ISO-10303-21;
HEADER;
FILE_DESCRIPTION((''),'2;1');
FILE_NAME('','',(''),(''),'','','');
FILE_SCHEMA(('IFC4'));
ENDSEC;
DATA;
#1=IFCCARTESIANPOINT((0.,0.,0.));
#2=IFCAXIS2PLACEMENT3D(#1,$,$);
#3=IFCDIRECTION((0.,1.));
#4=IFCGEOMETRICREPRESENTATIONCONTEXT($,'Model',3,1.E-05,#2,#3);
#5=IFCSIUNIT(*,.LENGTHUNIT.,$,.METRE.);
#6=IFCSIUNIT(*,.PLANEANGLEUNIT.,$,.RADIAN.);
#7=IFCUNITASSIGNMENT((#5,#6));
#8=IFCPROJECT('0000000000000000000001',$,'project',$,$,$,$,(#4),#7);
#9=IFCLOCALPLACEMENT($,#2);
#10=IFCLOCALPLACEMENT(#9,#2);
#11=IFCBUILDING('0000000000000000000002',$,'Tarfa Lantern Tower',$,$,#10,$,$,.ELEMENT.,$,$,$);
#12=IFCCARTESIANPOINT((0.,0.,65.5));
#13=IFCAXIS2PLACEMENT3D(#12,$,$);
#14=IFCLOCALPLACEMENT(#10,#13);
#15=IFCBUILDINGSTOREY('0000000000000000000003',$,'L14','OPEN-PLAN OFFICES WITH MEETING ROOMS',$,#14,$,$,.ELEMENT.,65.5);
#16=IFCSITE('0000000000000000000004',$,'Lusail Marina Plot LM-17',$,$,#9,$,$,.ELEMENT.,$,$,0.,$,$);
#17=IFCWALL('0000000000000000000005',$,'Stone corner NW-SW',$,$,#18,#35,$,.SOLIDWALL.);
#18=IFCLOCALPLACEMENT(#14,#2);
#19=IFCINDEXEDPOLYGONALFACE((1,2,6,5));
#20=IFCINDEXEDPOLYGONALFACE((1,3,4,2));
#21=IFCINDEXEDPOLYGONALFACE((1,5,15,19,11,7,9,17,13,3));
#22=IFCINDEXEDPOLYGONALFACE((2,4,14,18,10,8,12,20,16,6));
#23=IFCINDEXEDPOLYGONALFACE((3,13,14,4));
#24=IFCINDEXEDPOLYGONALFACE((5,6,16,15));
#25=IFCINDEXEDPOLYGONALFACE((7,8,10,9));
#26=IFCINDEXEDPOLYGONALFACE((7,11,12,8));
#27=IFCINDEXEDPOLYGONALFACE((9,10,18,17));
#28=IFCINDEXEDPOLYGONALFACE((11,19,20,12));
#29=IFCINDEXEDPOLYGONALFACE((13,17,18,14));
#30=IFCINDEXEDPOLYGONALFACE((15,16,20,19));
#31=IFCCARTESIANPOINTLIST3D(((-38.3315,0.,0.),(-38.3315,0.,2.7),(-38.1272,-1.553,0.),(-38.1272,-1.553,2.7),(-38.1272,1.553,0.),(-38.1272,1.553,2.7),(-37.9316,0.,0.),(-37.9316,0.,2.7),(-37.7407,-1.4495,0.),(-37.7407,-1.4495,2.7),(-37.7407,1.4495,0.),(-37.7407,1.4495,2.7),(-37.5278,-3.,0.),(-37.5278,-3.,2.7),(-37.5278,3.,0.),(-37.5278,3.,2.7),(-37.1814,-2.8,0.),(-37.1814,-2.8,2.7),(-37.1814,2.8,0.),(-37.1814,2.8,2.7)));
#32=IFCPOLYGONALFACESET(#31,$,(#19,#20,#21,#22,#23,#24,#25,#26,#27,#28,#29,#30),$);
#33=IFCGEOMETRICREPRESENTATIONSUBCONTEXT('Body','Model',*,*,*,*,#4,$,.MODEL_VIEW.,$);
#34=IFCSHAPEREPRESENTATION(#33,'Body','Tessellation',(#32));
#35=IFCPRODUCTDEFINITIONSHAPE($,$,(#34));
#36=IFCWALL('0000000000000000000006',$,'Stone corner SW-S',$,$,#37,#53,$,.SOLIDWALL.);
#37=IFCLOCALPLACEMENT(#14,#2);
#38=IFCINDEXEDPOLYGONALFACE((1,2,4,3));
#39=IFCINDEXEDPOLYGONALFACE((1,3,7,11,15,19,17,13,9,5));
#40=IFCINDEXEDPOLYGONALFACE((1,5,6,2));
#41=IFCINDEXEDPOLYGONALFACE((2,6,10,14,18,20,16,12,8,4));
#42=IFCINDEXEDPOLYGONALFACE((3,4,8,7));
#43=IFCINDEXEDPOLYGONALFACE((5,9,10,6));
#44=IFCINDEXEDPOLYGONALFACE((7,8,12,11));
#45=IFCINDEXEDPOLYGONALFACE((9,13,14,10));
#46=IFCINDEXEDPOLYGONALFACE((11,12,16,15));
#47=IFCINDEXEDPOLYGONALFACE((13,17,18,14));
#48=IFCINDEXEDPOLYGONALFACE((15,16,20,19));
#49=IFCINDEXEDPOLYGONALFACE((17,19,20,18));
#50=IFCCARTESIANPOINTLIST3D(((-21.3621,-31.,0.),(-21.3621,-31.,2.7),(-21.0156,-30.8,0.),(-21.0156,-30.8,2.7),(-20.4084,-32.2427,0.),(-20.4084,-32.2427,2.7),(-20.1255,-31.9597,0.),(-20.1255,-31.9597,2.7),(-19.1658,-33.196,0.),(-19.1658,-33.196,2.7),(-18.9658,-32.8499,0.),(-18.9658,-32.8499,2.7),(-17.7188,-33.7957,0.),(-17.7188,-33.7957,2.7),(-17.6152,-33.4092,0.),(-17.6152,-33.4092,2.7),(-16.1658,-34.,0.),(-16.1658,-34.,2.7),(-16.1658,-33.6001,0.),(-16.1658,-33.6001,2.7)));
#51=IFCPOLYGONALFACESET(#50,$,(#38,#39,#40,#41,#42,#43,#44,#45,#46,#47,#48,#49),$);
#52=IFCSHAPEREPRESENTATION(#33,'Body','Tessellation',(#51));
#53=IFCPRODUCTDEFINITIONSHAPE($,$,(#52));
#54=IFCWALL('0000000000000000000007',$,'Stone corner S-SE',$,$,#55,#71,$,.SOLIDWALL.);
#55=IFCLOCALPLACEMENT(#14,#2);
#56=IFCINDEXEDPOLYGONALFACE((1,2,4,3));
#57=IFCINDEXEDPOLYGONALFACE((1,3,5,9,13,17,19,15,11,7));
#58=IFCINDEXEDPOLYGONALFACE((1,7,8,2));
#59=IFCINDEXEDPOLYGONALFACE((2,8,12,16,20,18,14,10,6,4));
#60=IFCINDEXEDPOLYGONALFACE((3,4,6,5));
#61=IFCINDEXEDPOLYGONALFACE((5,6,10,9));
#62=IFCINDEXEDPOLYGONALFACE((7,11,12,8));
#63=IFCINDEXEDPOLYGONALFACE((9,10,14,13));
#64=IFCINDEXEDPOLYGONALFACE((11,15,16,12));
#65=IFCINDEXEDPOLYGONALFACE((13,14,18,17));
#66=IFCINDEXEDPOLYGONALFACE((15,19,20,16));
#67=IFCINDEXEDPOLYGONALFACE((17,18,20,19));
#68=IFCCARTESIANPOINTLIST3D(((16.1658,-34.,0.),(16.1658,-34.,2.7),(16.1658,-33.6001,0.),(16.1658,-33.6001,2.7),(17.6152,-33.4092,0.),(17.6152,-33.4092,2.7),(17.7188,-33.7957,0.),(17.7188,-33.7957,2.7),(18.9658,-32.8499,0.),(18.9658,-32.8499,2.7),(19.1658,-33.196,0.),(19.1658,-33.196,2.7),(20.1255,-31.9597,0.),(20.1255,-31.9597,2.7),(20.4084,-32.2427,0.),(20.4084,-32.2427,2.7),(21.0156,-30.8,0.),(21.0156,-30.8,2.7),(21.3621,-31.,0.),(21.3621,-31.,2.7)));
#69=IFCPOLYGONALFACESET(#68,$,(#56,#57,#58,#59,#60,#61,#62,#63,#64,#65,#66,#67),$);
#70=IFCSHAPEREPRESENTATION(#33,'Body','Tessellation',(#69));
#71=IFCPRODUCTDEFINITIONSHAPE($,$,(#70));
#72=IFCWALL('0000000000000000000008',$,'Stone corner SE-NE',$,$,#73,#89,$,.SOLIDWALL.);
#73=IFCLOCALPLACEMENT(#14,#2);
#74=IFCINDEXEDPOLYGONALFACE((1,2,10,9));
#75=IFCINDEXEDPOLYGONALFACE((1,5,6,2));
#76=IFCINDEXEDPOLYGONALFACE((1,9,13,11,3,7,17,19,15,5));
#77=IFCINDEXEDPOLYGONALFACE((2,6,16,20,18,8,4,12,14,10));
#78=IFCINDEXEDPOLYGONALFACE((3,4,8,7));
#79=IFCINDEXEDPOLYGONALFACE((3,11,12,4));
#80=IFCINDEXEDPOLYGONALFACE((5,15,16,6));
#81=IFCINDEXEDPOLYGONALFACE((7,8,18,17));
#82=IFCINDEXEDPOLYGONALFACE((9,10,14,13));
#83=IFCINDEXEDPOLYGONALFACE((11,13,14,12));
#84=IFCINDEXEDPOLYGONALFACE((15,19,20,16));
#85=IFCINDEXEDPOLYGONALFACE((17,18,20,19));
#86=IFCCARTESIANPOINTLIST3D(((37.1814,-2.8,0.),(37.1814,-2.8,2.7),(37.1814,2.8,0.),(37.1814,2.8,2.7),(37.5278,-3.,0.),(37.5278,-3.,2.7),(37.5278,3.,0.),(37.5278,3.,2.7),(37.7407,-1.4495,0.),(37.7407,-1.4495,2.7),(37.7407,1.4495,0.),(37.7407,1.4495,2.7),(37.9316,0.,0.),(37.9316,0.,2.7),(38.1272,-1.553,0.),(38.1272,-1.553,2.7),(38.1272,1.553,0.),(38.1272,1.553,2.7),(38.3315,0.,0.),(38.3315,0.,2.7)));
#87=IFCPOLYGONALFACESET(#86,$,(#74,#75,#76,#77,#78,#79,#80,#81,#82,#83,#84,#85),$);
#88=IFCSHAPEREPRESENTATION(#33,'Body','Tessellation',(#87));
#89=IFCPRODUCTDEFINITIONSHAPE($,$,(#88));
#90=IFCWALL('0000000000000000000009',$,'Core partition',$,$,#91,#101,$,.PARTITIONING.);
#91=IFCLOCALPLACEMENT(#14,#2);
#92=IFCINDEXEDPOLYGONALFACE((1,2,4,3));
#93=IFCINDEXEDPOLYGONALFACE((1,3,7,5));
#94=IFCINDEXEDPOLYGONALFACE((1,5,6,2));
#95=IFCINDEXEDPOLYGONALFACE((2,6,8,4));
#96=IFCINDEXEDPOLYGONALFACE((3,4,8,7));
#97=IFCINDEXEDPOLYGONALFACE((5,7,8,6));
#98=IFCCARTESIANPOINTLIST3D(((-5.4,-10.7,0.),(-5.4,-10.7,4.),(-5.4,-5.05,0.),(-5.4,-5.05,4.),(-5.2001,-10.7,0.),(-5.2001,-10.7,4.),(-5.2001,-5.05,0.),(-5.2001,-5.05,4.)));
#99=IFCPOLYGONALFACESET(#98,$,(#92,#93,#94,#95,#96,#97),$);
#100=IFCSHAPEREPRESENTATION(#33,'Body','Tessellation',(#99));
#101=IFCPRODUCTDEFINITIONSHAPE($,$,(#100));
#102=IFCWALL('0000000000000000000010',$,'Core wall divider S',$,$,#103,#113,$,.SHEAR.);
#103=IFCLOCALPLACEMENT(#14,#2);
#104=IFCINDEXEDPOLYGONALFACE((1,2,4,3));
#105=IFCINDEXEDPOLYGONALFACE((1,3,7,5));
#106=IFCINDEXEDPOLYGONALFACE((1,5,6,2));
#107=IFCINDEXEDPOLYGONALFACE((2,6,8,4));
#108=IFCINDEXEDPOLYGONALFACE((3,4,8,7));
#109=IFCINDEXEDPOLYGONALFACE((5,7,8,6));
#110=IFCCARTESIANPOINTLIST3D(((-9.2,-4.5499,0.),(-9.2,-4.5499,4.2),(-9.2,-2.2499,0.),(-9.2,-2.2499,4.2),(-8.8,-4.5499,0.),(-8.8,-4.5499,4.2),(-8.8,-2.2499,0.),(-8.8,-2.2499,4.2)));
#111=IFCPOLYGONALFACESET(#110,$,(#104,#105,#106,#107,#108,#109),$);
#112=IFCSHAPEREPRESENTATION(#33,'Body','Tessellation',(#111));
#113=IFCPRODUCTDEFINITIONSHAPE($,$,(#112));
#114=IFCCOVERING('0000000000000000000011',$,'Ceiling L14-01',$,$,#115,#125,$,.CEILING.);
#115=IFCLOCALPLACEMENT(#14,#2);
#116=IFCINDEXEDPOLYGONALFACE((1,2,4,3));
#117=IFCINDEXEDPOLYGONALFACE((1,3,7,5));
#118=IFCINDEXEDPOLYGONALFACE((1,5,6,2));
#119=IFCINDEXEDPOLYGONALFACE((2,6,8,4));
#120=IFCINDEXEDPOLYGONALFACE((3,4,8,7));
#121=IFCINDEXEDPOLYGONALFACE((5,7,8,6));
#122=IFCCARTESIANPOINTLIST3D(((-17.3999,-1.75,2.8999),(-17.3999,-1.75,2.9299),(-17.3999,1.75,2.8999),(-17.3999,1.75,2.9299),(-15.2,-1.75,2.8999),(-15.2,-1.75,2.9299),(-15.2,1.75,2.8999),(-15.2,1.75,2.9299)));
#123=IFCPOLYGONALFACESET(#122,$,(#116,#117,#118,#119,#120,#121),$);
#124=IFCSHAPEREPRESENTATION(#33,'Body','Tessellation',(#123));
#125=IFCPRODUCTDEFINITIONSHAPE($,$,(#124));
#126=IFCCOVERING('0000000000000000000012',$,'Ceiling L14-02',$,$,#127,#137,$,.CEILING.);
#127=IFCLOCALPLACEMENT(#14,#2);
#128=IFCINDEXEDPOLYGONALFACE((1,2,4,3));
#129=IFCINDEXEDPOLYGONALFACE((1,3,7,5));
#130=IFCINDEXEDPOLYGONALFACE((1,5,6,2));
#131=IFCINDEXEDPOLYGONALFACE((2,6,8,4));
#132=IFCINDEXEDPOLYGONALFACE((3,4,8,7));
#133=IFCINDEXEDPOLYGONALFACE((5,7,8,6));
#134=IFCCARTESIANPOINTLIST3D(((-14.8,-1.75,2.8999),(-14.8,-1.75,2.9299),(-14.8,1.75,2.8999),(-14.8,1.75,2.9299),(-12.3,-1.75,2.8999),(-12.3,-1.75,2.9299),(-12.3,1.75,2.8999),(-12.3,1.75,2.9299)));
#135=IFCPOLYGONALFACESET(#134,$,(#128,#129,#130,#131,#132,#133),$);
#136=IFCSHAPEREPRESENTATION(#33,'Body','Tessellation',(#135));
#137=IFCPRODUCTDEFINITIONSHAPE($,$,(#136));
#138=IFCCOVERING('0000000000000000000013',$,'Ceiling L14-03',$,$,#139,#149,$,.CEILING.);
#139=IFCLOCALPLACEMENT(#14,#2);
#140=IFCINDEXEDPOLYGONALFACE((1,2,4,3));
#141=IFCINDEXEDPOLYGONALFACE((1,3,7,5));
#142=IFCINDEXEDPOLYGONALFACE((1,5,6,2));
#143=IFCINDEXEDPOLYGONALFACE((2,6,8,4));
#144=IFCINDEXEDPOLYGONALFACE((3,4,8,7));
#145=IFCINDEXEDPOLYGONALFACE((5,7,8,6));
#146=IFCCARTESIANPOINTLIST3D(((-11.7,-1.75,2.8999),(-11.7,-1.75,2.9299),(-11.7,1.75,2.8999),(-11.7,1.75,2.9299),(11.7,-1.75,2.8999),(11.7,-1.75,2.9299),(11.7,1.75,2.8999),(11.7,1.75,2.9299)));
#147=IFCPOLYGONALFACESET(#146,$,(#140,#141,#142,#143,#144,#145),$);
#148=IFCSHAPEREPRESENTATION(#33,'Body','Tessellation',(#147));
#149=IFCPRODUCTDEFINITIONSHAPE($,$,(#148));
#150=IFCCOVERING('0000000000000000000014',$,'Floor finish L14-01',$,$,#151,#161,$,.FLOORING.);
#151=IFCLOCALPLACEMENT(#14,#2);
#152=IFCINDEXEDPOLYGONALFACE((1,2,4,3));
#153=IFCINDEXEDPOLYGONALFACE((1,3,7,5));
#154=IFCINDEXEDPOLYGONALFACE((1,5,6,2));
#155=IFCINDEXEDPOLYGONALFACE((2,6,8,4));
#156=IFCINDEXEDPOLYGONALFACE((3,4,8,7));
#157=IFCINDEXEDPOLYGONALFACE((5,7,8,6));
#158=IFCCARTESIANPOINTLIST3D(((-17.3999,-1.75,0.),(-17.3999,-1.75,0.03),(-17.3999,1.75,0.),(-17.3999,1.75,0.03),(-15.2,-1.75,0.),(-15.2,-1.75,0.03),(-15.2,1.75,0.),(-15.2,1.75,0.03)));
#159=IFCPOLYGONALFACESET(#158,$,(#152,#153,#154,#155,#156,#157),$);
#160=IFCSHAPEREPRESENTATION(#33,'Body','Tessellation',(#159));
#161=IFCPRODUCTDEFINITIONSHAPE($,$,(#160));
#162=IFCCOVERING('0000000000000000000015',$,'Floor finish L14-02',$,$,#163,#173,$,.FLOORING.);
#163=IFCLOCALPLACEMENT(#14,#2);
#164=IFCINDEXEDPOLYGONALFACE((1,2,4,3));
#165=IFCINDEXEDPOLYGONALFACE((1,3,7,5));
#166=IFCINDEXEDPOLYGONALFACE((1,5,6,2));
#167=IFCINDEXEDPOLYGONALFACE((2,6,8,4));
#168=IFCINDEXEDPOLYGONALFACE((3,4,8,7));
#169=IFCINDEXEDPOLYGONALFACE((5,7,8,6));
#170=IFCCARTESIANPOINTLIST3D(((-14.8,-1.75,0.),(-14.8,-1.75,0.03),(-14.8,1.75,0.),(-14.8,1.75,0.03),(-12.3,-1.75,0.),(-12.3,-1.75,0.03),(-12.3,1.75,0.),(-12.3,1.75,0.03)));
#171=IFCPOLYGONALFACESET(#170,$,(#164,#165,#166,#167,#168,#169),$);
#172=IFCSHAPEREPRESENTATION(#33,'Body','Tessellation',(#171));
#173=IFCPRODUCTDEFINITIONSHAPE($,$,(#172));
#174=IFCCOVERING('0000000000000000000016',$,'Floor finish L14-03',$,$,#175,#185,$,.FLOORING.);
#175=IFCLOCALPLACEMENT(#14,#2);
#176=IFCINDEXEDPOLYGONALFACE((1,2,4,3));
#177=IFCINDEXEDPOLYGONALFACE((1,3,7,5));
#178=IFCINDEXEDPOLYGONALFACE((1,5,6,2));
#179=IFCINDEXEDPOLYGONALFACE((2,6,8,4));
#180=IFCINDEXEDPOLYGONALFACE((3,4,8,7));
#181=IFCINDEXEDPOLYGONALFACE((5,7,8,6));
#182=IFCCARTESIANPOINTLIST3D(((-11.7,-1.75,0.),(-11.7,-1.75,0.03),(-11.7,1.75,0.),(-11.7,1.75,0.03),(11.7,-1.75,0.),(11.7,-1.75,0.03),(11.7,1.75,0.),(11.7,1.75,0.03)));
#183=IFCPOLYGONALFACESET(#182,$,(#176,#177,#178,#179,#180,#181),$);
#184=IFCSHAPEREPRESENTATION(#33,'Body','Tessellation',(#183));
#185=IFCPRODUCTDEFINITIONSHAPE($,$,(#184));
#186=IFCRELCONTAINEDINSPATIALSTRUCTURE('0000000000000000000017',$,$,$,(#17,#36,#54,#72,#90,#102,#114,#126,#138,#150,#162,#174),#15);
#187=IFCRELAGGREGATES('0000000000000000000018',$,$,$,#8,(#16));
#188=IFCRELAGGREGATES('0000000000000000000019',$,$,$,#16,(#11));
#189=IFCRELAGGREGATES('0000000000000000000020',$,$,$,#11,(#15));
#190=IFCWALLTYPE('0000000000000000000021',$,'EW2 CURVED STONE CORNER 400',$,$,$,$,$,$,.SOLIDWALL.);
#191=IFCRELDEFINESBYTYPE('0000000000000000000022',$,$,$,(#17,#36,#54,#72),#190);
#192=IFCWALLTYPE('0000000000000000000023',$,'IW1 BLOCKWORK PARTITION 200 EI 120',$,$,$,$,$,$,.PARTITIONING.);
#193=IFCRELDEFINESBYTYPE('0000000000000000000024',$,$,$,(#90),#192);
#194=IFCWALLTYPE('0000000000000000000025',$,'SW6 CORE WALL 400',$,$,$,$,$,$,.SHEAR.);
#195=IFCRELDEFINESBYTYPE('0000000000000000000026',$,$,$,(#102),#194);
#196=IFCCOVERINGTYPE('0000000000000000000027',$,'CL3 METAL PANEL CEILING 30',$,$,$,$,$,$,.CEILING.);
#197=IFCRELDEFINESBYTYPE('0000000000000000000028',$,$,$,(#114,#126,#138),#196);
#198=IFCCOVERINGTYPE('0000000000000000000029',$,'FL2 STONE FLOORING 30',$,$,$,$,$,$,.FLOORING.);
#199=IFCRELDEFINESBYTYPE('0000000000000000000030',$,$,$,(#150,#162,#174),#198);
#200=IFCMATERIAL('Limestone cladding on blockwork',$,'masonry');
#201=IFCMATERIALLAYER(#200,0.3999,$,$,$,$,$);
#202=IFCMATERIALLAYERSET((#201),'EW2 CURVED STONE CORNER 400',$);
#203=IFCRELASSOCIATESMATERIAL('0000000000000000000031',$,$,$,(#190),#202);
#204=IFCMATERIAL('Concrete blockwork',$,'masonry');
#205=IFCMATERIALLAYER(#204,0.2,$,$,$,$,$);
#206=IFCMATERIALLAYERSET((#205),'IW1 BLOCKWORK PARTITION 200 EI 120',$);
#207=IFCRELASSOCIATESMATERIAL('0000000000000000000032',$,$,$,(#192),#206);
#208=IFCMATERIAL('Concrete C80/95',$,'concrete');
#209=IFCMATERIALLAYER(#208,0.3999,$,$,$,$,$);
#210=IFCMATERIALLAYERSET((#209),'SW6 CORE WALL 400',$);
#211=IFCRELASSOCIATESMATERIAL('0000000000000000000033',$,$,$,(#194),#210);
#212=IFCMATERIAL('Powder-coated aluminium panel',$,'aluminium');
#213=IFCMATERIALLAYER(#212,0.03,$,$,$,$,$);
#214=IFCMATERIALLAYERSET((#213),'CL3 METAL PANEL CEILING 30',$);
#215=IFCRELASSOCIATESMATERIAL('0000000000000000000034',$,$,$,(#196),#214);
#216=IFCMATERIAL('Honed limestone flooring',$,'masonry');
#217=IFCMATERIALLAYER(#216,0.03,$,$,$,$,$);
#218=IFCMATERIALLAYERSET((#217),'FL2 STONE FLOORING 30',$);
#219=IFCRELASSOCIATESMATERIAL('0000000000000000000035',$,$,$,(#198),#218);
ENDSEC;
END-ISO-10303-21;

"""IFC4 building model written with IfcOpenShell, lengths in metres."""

from ifc_helpers import new_model, si_unit, direction, frame, frame_2d, origin, place, context, subcontext, project, spatial, polyline, rectangle, outline, extrude, material, layer, layer_set, type_object, element, save


model = new_model("IFC4")

# Units and contexts
model_context = context("Model", 3, precision=1e-05, world=origin(), true_north=direction((0.0, 1.0)))
body_context = subcontext(model_context, "Body", "Model", "MODEL_VIEW")
ifc_project = project(units=[si_unit("LENGTHUNIT", "METRE"), si_unit("PLANEANGLEUNIT", "RADIAN")], contexts=[model_context])

# Site, building, storey
site_placement = place(None, origin())
site = spatial("IfcSite", under=ifc_project, at=site_placement, Name="Lusail Marina Plot LM-17", CompositionType="ELEMENT", RefElevation=0.0)
building_placement = place(site_placement, origin())
building = spatial("IfcBuilding", under=site, at=building_placement, Name="Tarfa Lantern Tower", CompositionType="ELEMENT")
storey_placement = place(building_placement, frame((0.0, 0.0, 65.5)))
storey = spatial("IfcBuildingStorey", under=building, at=storey_placement, Name="L14", Description="OPEN-PLAN OFFICES WITH MEETING ROOMS", CompositionType="ELEMENT", Elevation=65.5)

# Walls
ifc_material_1 = material(Name="Limestone cladding on blockwork", Category="masonry")
ifc_layer_1 = layer(ifc_material_1, 0.3999)
ifc_layer_set_1 = layer_set([ifc_layer_1], Name="EW2 CURVED STONE CORNER 400")
wall_type_1 = type_object("IfcWallType", Name="EW2 CURVED STONE CORNER 400", PredefinedType="SOLIDWALL", material=ifc_layer_set_1)
wall_1_placement = place(storey_placement, origin())
element("IfcWall", 1, at=wall_1_placement, inside=storey, type_object=wall_type_1, Name="Stone corner NW-SW", PredefinedType="SOLIDWALL", context=body_context, shape_type="SweptSolid", body=[
    extrude(outline(polyline([(-37.5278, 3.0), (-38.1272, 1.553), (-38.3315, 0.0), (-38.1272, -1.553), (-37.5278, -3.0), (-37.1814, -2.8), (-37.7407, -1.4495), (-37.9316, 0.0), (-37.7407, 1.4495), (-37.1814, 2.8), (-37.5278, 3.0)])), origin(), (0.0, 0.0, 1.0), 2.7),
])
wall_2_placement = place(storey_placement, origin())
element("IfcWall", 2, at=wall_2_placement, inside=storey, type_object=wall_type_1, Name="Stone corner SW-S", PredefinedType="SOLIDWALL", context=body_context, shape_type="SweptSolid", body=[
    extrude(outline(polyline([(-21.3621, -31.0), (-20.4084, -32.2427), (-19.1658, -33.196), (-17.7188, -33.7957), (-16.1658, -34.0), (-16.1658, -33.6001), (-17.6152, -33.4092), (-18.9658, -32.8499), (-20.1255, -31.9597), (-21.0156, -30.8), (-21.3621, -31.0)])), origin(), (0.0, 0.0, 1.0), 2.7),
])
wall_3_placement = place(storey_placement, origin())
element("IfcWall", 3, at=wall_3_placement, inside=storey, type_object=wall_type_1, Name="Stone corner S-SE", PredefinedType="SOLIDWALL", context=body_context, shape_type="SweptSolid", body=[
    extrude(outline(polyline([(16.1658, -34.0), (17.7188, -33.7957), (19.1658, -33.196), (20.4084, -32.2427), (21.3621, -31.0), (21.0156, -30.8), (20.1255, -31.9597), (18.9658, -32.8499), (17.6152, -33.4092), (16.1658, -33.6001), (16.1658, -34.0)])), origin(), (0.0, 0.0, 1.0), 2.7),
])
wall_4_placement = place(storey_placement, origin())
element("IfcWall", 4, at=wall_4_placement, inside=storey, type_object=wall_type_1, Name="Stone corner SE-NE", PredefinedType="SOLIDWALL", context=body_context, shape_type="SweptSolid", body=[
    extrude(outline(polyline([(37.5278, -3.0), (38.1272, -1.553), (38.3315, 0.0), (38.1272, 1.553), (37.5278, 3.0), (37.1814, 2.8), (37.7407, 1.4495), (37.9316, 0.0), (37.7407, -1.4495), (37.1814, -2.8), (37.5278, -3.0)])), origin(), (0.0, 0.0, 1.0), 2.7),
])
ifc_material_2 = material(Name="Concrete blockwork", Category="masonry")
ifc_layer_2 = layer(ifc_material_2, 0.2)
ifc_layer_set_2 = layer_set([ifc_layer_2], Name="IW1 BLOCKWORK PARTITION 200 EI 120")
wall_type_2 = type_object("IfcWallType", Name="IW1 BLOCKWORK PARTITION 200 EI 120", PredefinedType="PARTITIONING", material=ifc_layer_set_2)
wall_5_placement = place(storey_placement, frame((-5.3, -5.05, 0.0), z_axis=(0.0, 0.0, 1.0), x_axis=(0.0, -1.0, 0.0)))
element("IfcWall", 5, at=wall_5_placement, inside=storey, type_object=wall_type_2, Name="Core partition", PredefinedType="PARTITIONING", context=body_context, shape_type="SweptSolid", body=[
    extrude(rectangle(XDim=5.6499, YDim=0.2, at=frame_2d((2.825, 0.0))), origin(), (0.0, 0.0, 1.0), 4.0),
])
ifc_material_3 = material(Name="Concrete C80/95", Category="concrete")
ifc_layer_3 = layer(ifc_material_3, 0.3999)
ifc_layer_set_3 = layer_set([ifc_layer_3], Name="SW6 CORE WALL 400")
wall_type_3 = type_object("IfcWallType", Name="SW6 CORE WALL 400", PredefinedType="SHEAR", material=ifc_layer_set_3)
wall_6_placement = place(storey_placement, frame((-9.0, -2.25, 0.0), z_axis=(0.0, 0.0, 1.0), x_axis=(0.0, -1.0, 0.0)))
element("IfcWall", 6, at=wall_6_placement, inside=storey, type_object=wall_type_3, Name="Core wall divider S", PredefinedType="SHEAR", context=body_context, shape_type="SweptSolid", body=[
    extrude(rectangle(XDim=2.3, YDim=0.3999, at=frame_2d((1.1499, 0.0))), origin(), (0.0, 0.0, 1.0), 4.2),
])

# Coverings
ifc_material_4 = material(Name="Powder-coated aluminium panel", Category="aluminium")
ifc_layer_4 = layer(ifc_material_4, 0.03)
ifc_layer_set_4 = layer_set([ifc_layer_4], Name="CL3 METAL PANEL CEILING 30")
covering_type_1 = type_object("IfcCoveringType", Name="CL3 METAL PANEL CEILING 30", PredefinedType="CEILING", material=ifc_layer_set_4)
covering_1_placement = place(storey_placement, frame((0.0, 0.0, 2.8999)))
element("IfcCovering", 7, at=covering_1_placement, inside=storey, type_object=covering_type_1, Name="Ceiling L14-01", PredefinedType="CEILING", context=body_context, shape_type="SweptSolid", body=[
    extrude(outline(polyline([(-17.3999, -1.75), (-15.2, -1.75), (-15.2, 1.75), (-17.3999, 1.75), (-17.3999, -1.75)])), origin(), (0.0, 0.0, 1.0), 0.03),
])
covering_2_placement = place(storey_placement, frame((0.0, 0.0, 2.8999)))
element("IfcCovering", 8, at=covering_2_placement, inside=storey, type_object=covering_type_1, Name="Ceiling L14-02", PredefinedType="CEILING", context=body_context, shape_type="SweptSolid", body=[
    extrude(outline(polyline([(-14.8, -1.75), (-12.3, -1.75), (-12.3, 1.75), (-14.8, 1.75), (-14.8, -1.75)])), origin(), (0.0, 0.0, 1.0), 0.03),
])
covering_3_placement = place(storey_placement, frame((0.0, 0.0, 2.8999)))
element("IfcCovering", 9, at=covering_3_placement, inside=storey, type_object=covering_type_1, Name="Ceiling L14-03", PredefinedType="CEILING", context=body_context, shape_type="SweptSolid", body=[
    extrude(outline(polyline([(-11.7, -1.75), (11.7, -1.75), (11.7, 1.75), (-11.7, 1.75), (-11.7, -1.75)])), origin(), (0.0, 0.0, 1.0), 0.03),
])
ifc_material_5 = material(Name="Honed limestone flooring", Category="masonry")
ifc_layer_5 = layer(ifc_material_5, 0.03)
ifc_layer_set_5 = layer_set([ifc_layer_5], Name="FL2 STONE FLOORING 30")
covering_type_2 = type_object("IfcCoveringType", Name="FL2 STONE FLOORING 30", PredefinedType="FLOORING", material=ifc_layer_set_5)
covering_4_placement = place(storey_placement, origin())
element("IfcCovering", 10, at=covering_4_placement, inside=storey, type_object=covering_type_2, Name="Floor finish L14-01", PredefinedType="FLOORING", context=body_context, shape_type="SweptSolid", body=[
    extrude(outline(polyline([(-17.3999, -1.75), (-15.2, -1.75), (-15.2, 1.75), (-17.3999, 1.75), (-17.3999, -1.75)])), origin(), (0.0, 0.0, 1.0), 0.03),
])
covering_5_placement = place(storey_placement, origin())
element("IfcCovering", 11, at=covering_5_placement, inside=storey, type_object=covering_type_2, Name="Floor finish L14-02", PredefinedType="FLOORING", context=body_context, shape_type="SweptSolid", body=[
    extrude(outline(polyline([(-14.8, -1.75), (-12.3, -1.75), (-12.3, 1.75), (-14.8, 1.75), (-14.8, -1.75)])), origin(), (0.0, 0.0, 1.0), 0.03),
])
covering_6_placement = place(storey_placement, origin())
element("IfcCovering", 12, at=covering_6_placement, inside=storey, type_object=covering_type_2, Name="Floor finish L14-03", PredefinedType="FLOORING", context=body_context, shape_type="SweptSolid", body=[
    extrude(outline(polyline([(-11.7, -1.75), (11.7, -1.75), (11.7, 1.75), (-11.7, 1.75), (-11.7, -1.75)])), origin(), (0.0, 0.0, 1.0), 0.03),
])

save(model, "model.ifc")
